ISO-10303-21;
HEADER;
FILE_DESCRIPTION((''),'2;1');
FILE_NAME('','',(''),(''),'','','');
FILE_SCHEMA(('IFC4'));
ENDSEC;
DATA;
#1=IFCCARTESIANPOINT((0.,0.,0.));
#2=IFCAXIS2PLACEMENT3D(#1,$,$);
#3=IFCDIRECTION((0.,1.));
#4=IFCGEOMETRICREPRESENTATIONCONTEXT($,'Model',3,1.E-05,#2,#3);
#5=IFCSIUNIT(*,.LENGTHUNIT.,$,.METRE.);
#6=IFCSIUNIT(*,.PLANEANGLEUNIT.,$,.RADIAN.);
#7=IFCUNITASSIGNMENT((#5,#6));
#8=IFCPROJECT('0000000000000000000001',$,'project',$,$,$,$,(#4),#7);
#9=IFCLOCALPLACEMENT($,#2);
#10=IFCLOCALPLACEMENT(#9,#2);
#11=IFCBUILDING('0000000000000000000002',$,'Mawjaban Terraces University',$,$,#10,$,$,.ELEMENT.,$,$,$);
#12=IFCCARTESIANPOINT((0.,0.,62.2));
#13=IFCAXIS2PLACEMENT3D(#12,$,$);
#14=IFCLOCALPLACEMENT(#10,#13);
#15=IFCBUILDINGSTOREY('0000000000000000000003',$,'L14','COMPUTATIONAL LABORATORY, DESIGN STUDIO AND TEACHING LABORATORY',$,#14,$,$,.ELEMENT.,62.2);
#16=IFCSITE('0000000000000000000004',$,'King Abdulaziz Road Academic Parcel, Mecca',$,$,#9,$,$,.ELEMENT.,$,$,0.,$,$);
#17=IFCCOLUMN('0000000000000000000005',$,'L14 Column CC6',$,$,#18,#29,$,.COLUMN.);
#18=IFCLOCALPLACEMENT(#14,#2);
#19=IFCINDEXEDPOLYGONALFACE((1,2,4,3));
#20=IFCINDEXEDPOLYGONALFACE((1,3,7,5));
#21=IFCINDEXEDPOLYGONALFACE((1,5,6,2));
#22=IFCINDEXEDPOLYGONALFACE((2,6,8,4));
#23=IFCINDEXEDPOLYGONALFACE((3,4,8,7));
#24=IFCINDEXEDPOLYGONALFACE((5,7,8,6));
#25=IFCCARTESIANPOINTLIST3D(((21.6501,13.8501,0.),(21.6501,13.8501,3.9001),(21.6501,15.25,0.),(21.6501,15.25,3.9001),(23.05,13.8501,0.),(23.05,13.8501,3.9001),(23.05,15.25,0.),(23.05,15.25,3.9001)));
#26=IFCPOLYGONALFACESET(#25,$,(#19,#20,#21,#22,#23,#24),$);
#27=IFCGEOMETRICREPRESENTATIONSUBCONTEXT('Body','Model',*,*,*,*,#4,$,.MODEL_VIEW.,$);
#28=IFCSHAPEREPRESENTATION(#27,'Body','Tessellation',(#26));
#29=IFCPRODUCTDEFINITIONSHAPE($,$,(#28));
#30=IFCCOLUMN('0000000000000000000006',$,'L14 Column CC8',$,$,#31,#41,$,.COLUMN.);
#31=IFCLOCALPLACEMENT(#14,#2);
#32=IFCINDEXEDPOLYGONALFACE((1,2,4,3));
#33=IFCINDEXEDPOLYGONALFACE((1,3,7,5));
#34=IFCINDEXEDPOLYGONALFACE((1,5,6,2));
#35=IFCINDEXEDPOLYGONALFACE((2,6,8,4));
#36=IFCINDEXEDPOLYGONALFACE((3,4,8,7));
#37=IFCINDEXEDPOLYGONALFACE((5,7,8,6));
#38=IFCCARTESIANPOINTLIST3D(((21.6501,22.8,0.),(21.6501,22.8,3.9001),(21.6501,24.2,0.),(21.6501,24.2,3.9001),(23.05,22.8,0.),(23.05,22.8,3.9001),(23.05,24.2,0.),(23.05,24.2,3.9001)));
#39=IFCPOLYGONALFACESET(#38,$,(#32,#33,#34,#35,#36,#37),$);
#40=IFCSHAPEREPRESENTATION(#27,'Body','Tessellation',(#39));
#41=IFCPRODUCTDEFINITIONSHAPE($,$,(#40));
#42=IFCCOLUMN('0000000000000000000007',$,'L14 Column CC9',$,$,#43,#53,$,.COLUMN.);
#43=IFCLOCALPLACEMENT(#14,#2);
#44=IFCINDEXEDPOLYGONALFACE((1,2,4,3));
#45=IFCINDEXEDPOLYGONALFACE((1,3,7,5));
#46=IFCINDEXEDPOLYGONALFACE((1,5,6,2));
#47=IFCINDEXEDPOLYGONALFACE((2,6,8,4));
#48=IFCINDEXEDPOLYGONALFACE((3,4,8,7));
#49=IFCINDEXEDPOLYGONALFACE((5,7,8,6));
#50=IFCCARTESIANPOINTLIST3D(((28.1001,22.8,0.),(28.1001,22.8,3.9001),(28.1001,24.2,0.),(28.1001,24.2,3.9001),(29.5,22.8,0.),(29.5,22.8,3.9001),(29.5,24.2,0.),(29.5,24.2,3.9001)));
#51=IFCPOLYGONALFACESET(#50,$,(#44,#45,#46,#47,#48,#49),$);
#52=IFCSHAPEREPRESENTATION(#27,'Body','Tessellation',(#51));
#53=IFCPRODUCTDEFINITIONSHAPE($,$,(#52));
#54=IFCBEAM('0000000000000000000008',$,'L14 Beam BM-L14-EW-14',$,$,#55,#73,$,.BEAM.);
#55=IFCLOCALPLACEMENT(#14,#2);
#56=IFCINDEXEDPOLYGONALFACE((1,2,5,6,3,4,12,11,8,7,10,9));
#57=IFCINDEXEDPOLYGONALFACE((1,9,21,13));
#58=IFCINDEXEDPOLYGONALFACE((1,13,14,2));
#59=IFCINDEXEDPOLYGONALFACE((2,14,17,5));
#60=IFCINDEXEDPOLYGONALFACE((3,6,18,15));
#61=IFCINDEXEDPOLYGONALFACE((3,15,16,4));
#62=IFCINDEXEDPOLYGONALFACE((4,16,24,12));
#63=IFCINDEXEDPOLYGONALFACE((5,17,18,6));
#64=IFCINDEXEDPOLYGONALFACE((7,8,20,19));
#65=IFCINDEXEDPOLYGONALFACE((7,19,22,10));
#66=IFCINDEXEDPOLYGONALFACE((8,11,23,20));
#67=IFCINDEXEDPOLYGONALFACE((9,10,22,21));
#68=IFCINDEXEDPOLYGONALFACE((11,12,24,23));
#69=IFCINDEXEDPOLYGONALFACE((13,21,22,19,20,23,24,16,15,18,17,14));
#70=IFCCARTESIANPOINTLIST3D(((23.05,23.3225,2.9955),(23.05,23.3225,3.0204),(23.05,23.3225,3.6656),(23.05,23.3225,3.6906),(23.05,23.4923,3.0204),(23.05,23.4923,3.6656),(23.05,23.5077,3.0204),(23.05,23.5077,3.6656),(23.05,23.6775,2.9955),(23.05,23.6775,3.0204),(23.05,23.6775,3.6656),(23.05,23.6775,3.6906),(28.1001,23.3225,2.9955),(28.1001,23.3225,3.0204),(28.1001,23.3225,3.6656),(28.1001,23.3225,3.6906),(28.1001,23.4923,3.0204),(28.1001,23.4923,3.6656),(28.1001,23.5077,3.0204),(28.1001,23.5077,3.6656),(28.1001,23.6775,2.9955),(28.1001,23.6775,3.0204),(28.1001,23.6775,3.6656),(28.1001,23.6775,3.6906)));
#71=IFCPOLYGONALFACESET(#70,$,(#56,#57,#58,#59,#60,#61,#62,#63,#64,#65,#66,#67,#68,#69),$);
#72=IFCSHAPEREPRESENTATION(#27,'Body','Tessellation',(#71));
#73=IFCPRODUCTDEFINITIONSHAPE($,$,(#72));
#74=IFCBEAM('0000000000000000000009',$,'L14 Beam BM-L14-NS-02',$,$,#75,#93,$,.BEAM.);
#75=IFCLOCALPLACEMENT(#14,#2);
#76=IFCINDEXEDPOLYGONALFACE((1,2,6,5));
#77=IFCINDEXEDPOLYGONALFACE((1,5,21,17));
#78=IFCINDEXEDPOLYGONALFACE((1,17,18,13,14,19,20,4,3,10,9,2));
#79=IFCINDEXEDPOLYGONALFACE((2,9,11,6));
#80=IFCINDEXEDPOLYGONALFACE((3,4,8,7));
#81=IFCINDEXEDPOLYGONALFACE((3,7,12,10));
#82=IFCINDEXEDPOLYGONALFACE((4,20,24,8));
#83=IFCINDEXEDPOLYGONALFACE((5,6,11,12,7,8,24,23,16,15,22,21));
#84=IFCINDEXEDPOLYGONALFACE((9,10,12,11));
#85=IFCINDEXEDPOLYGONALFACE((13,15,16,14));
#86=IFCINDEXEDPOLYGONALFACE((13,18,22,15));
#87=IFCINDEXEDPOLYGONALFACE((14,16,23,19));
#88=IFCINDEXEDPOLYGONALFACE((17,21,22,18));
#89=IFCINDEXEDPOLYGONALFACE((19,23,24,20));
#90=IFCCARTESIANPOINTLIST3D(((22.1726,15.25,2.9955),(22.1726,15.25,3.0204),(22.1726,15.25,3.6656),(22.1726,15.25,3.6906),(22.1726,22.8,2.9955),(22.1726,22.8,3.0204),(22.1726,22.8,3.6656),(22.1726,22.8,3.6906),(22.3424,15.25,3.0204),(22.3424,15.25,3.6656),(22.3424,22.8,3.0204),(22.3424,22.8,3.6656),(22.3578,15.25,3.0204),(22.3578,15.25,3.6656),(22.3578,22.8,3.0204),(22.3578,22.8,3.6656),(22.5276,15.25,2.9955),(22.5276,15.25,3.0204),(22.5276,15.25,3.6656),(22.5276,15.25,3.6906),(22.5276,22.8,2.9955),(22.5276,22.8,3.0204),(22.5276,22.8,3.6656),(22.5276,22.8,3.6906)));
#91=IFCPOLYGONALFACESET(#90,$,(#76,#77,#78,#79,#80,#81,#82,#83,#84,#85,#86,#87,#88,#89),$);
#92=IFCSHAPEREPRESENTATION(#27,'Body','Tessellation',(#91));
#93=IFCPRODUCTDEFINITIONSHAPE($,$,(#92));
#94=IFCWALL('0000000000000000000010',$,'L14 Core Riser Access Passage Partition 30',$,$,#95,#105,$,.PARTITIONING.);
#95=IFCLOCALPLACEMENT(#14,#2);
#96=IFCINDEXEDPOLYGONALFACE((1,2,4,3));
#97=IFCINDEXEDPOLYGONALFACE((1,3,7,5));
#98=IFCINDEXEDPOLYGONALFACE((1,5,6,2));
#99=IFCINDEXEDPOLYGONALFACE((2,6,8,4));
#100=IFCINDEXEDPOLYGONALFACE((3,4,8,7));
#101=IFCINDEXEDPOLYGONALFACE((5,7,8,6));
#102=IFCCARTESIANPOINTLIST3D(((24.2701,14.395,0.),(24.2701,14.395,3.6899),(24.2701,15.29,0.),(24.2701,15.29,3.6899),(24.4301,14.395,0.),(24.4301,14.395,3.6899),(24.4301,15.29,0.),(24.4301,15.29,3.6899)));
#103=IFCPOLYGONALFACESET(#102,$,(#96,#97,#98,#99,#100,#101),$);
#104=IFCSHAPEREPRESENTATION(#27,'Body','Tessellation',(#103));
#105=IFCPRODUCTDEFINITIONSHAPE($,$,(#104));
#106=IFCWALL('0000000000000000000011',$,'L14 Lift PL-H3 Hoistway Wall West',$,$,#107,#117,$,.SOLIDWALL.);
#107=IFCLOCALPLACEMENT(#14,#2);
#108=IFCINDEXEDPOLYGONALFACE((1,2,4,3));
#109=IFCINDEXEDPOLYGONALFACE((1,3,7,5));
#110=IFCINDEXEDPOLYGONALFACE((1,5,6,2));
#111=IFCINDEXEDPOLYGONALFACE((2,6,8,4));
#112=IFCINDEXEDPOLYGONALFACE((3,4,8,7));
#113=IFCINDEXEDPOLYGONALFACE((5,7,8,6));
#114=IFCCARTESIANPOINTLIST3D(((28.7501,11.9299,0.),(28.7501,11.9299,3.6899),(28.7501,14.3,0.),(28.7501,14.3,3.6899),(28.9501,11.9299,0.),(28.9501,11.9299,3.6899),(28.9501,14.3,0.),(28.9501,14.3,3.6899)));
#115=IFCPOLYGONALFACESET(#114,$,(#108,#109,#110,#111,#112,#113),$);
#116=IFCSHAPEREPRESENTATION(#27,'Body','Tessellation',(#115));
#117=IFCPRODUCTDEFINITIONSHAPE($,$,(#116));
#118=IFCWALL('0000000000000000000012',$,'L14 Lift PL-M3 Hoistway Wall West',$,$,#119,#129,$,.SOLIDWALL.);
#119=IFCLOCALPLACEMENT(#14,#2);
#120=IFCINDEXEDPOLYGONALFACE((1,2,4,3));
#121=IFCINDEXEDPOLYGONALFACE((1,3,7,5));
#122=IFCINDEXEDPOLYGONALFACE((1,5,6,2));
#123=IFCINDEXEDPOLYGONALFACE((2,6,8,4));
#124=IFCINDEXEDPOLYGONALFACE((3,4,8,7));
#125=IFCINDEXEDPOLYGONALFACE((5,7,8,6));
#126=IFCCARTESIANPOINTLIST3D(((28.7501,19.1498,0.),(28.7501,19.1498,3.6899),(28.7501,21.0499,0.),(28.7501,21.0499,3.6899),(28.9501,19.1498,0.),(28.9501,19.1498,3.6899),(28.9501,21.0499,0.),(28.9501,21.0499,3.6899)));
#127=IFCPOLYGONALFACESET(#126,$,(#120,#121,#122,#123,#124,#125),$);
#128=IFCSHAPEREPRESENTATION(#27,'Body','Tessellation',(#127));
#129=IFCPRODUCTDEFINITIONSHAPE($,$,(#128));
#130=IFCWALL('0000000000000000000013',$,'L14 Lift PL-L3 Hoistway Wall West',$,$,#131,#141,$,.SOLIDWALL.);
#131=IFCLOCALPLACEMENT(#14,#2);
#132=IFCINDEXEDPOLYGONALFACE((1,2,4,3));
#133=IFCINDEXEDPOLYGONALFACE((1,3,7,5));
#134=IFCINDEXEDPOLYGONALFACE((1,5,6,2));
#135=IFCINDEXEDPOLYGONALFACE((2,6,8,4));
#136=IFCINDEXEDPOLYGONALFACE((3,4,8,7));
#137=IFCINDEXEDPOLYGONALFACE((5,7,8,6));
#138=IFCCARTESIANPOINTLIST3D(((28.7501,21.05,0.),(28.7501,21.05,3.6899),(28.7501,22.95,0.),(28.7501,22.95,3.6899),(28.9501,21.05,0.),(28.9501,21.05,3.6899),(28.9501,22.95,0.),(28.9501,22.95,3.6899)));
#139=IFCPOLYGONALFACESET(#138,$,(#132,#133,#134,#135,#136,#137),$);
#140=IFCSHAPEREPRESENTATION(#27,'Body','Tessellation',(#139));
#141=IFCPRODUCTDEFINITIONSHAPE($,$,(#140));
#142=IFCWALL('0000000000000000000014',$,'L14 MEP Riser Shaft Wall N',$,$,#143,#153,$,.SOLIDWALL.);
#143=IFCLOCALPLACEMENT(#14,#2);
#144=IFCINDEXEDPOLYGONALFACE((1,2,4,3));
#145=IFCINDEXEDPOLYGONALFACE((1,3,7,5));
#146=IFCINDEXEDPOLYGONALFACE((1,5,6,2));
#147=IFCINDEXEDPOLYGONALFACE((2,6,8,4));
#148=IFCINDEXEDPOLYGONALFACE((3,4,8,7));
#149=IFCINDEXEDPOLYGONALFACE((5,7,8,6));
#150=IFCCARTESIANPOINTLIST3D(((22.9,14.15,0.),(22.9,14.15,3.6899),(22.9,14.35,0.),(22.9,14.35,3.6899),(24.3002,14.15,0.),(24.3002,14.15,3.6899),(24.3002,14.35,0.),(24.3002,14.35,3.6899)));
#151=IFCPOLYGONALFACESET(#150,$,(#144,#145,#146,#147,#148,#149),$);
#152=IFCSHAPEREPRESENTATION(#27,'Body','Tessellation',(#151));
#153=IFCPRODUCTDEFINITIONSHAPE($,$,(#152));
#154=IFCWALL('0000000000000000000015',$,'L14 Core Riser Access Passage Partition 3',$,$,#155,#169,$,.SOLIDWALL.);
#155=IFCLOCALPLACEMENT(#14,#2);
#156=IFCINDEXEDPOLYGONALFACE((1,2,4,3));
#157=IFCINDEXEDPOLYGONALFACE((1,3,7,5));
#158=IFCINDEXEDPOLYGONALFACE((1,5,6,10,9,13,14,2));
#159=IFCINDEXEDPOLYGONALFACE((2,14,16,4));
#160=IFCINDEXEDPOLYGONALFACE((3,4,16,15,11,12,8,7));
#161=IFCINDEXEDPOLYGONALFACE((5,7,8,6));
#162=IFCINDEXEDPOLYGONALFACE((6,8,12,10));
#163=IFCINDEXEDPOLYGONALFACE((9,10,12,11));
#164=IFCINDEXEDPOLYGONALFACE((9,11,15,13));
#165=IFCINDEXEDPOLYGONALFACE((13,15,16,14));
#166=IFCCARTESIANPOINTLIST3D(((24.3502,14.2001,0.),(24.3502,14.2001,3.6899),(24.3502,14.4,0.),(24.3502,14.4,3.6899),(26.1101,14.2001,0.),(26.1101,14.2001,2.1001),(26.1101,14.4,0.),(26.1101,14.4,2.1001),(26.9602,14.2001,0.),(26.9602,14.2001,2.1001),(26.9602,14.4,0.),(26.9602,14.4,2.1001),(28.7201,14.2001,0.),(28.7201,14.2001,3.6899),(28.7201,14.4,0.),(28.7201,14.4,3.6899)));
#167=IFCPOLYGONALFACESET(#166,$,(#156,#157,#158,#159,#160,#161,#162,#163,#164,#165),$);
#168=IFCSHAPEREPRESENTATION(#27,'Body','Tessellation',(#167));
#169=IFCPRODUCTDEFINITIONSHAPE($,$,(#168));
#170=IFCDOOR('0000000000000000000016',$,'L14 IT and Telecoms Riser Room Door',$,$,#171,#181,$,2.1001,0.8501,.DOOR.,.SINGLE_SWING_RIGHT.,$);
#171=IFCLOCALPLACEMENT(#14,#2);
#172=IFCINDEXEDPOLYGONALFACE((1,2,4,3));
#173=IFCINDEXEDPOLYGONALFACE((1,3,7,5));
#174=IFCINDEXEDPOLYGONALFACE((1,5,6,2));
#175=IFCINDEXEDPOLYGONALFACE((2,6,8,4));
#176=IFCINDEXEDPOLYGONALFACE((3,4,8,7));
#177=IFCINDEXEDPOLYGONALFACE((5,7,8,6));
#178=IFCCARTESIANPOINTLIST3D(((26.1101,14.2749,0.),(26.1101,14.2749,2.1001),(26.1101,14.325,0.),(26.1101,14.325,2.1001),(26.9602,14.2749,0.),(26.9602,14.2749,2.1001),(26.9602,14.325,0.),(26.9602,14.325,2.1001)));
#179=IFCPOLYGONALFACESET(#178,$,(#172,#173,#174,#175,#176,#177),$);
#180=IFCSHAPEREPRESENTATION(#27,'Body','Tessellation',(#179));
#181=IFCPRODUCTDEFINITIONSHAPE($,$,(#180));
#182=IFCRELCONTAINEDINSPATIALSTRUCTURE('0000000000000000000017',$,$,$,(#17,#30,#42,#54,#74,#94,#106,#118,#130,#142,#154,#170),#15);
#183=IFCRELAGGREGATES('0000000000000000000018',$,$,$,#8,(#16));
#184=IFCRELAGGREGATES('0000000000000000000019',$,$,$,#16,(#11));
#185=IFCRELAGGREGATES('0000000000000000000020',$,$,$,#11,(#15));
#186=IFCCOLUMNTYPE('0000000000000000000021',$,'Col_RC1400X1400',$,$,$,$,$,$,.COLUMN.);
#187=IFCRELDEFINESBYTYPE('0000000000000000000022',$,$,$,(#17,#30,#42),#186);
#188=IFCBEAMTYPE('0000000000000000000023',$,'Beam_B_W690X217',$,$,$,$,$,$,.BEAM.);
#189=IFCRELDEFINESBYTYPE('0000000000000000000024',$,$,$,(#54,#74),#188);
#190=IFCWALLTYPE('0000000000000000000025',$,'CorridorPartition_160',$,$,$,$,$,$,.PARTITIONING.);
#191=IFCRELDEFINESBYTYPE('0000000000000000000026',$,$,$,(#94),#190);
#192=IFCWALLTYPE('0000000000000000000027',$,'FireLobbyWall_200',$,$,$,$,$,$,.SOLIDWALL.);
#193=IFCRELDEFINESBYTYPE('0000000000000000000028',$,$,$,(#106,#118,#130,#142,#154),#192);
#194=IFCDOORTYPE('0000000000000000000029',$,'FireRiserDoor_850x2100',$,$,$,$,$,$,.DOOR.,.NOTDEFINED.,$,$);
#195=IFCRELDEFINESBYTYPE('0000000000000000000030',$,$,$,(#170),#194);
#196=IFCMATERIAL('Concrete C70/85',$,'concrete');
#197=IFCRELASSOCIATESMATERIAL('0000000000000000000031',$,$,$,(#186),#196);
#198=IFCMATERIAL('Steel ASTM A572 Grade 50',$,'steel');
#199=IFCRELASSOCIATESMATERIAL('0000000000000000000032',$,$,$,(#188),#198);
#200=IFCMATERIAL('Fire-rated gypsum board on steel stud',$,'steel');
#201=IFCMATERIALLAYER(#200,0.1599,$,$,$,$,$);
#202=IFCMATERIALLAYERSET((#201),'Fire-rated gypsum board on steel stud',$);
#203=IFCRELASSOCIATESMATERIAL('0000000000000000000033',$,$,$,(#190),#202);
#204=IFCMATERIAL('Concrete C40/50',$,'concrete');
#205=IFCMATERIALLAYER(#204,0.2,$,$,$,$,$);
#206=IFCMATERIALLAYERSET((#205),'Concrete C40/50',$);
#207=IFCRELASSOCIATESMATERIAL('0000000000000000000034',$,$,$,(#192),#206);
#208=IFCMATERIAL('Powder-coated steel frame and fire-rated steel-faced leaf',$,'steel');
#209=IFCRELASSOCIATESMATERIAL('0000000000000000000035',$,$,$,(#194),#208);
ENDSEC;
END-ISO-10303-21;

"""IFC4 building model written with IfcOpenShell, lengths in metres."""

from ifc_helpers import new_model, si_unit, direction, frame, frame_2d, origin, origin_2d, place, context, subcontext, project, spatial, rectangle, i_section, extrude, material, layer, layer_set, material_profile, profile_set, type_object, element, fill, save


model = new_model("IFC4")

# Units and contexts
model_context = context("Model", 3, precision=1e-05, world=origin(), true_north=direction((0.0, 1.0)))
body_context = subcontext(model_context, "Body", "Model", "MODEL_VIEW")
ifc_project = project(units=[si_unit("LENGTHUNIT", "METRE"), si_unit("PLANEANGLEUNIT", "RADIAN")], contexts=[model_context])

# Site, building, storey
site_placement = place(None, origin())
site = spatial("IfcSite", under=ifc_project, at=site_placement, Name="King Abdulaziz Road Academic Parcel, Mecca", CompositionType="ELEMENT", RefElevation=0.0)
building_placement = place(site_placement, origin())
building = spatial("IfcBuilding", under=site, at=building_placement, Name="Mawjaban Terraces University", CompositionType="ELEMENT")
storey_placement = place(building_placement, frame((0.0, 0.0, 62.2)))
storey = spatial("IfcBuildingStorey", under=building, at=storey_placement, Name="L14", Description="COMPUTATIONAL LABORATORY, DESIGN STUDIO AND TEACHING LABORATORY", CompositionType="ELEMENT", Elevation=62.2)

# Columns
ifc_material_1 = material(Name="Concrete C70/85", Category="concrete")
ifc_material_profile_1 = material_profile(ifc_material_1, rectangle(XDim=1.3999, YDim=1.3999, at=origin_2d()), Name="RC1400X1400")
ifc_profile_set_1 = profile_set([ifc_material_profile_1], Name="Concrete C70/85")
column_type = type_object("IfcColumnType", Name="Col_RC1400X1400", PredefinedType="COLUMN", material=ifc_profile_set_1)
for number, where, z_axis, x_axis, name in (
    (1, (22.3501, 14.55, 0.0), (0.0, 0.0, 1.0), (1.0, 0.0, 0.0), "L14 Column CC6"),
    (2, (22.3501, 23.5, 0.0), (0.0, 0.0, 1.0), (1.0, 0.0, 0.0), "L14 Column CC8"),
    (3, (28.8, 23.5, 0.0), (0.0, 0.0, 1.0), (1.0, 0.0, 0.0), "L14 Column CC9"),
):
    element("IfcColumn", number, at=place(storey_placement, frame(where, z_axis=z_axis, x_axis=x_axis)), inside=storey, type_object=column_type, Name=name, PredefinedType="COLUMN", context=body_context, shape_type="SweptSolid", body=[
        extrude(rectangle(XDim=1.3999, YDim=1.3999, at=origin_2d()), origin(), (0.0, 0.0, 1.0), 3.9001),
    ])

# Beams
ifc_material_2 = material(Name="Steel ASTM A572 Grade 50", Category="steel")
ifc_material_profile_2 = material_profile(ifc_material_2, i_section(OverallWidth=0.355, OverallDepth=0.6951, WebThickness=0.0154, FlangeThickness=0.0249, at=origin_2d()), Name="W690X217")
ifc_profile_set_2 = profile_set([ifc_material_profile_2], Name="Steel ASTM A572 Grade 50")
beam_type = type_object("IfcBeamType", Name="Beam_B_W690X217", PredefinedType="BEAM", material=ifc_profile_set_2)
beam_1_placement = place(storey_placement, frame((23.05, 23.5, 3.343), z_axis=(1.0, 0.0, 0.0), x_axis=(0.0, 1.0, 0.0)))
element("IfcBeam", 4, at=beam_1_placement, inside=storey, type_object=beam_type, Name="L14 Beam BM-L14-EW-14", PredefinedType="BEAM", context=body_context, shape_type="SweptSolid", body=[
    extrude(i_section(OverallWidth=0.355, OverallDepth=0.6951, WebThickness=0.0154, FlangeThickness=0.0249, at=origin_2d()), origin(), (0.0, 0.0, 1.0), 5.05),
])
beam_2_placement = place(storey_placement, frame((22.3501, 15.25, 3.343), z_axis=(0.0, 1.0, 0.0), x_axis=(-1.0, 0.0, 0.0)))
element("IfcBeam", 5, at=beam_2_placement, inside=storey, type_object=beam_type, Name="L14 Beam BM-L14-NS-02", PredefinedType="BEAM", context=body_context, shape_type="SweptSolid", body=[
    extrude(i_section(OverallWidth=0.355, OverallDepth=0.6951, WebThickness=0.0154, FlangeThickness=0.0249, at=origin_2d()), origin(), (0.0, 0.0, 1.0), 7.55),
])

# Walls
ifc_material_3 = material(Name="Fire-rated gypsum board on steel stud", Category="steel")
ifc_layer_1 = layer(ifc_material_3, 0.1599)
ifc_layer_set_1 = layer_set([ifc_layer_1], Name="Fire-rated gypsum board on steel stud")
wall_type_1 = type_object("IfcWallType", Name="CorridorPartition_160", PredefinedType="PARTITIONING", material=ifc_layer_set_1)
wall_1_placement = place(storey_placement, frame((24.3501, 15.29, 0.0), z_axis=(0.0, 0.0, 1.0), x_axis=(0.0, -1.0, 0.0)))
element("IfcWall", 6, at=wall_1_placement, inside=storey, type_object=wall_type_1, Name="L14 Core Riser Access Passage Partition 30", PredefinedType="PARTITIONING", context=body_context, shape_type="SweptSolid", body=[
    extrude(rectangle(XDim=0.895, YDim=0.1599, at=frame_2d((0.4475, 0.0))), origin(), (0.0, 0.0, 1.0), 3.6899),
])
ifc_material_4 = material(Name="Concrete C40/50", Category="concrete")
ifc_layer_2 = layer(ifc_material_4, 0.2)
ifc_layer_set_2 = layer_set([ifc_layer_2], Name="Concrete C40/50")
wall_type_2 = type_object("IfcWallType", Name="FireLobbyWall_200", PredefinedType="SOLIDWALL", material=ifc_layer_set_2)
wall_2_placement = place(storey_placement, frame((28.8501, 14.3, 0.0), z_axis=(0.0, 0.0, 1.0), x_axis=(0.0, -1.0, 0.0)))
element("IfcWall", 7, at=wall_2_placement, inside=storey, type_object=wall_type_2, Name="L14 Lift PL-H3 Hoistway Wall West", PredefinedType="SOLIDWALL", context=body_context, shape_type="SweptSolid", body=[
    extrude(rectangle(XDim=2.3701, YDim=0.2, at=frame_2d((1.1851, 0.0))), origin(), (0.0, 0.0, 1.0), 3.6899),
])
wall_3_placement = place(storey_placement, frame((28.8501, 21.05, 0.0), z_axis=(0.0, 0.0, 1.0), x_axis=(0.0, -1.0, 0.0)))
element("IfcWall", 8, at=wall_3_placement, inside=storey, type_object=wall_type_2, Name="L14 Lift PL-M3 Hoistway Wall West", PredefinedType="SOLIDWALL", context=body_context, shape_type="SweptSolid", body=[
    extrude(rectangle(XDim=1.9001, YDim=0.2, at=frame_2d((0.9502, 0.0))), origin(), (0.0, 0.0, 1.0), 3.6899),
])
wall_4_placement = place(storey_placement, frame((28.8501, 22.95, 0.0), z_axis=(0.0, 0.0, 1.0), x_axis=(0.0, -1.0, 0.0)))
element("IfcWall", 9, at=wall_4_placement, inside=storey, type_object=wall_type_2, Name="L14 Lift PL-L3 Hoistway Wall West", PredefinedType="SOLIDWALL", context=body_context, shape_type="SweptSolid", body=[
    extrude(rectangle(XDim=1.8999, YDim=0.2, at=frame_2d((0.95, 0.0))), origin(), (0.0, 0.0, 1.0), 3.6899),
])
wall_5_placement = place(storey_placement, frame((22.8999, 14.25, 0.0), z_axis=(0.0, 0.0, 1.0), x_axis=(1.0, 0.0, 0.0)))
element("IfcWall", 10, at=wall_5_placement, inside=storey, type_object=wall_type_2, Name="L14 MEP Riser Shaft Wall N", PredefinedType="SOLIDWALL", context=body_context, shape_type="SweptSolid", body=[
    extrude(rectangle(XDim=1.4001, YDim=0.2, at=frame_2d((0.7002, 0.0))), origin(), (0.0, 0.0, 1.0), 3.6899),
])

# Wall, opening, door
wall_6_placement = place(storey_placement, frame((24.3501, 14.3, 0.0), z_axis=(0.0, 0.0, 1.0), x_axis=(1.0, 0.0, 0.0)))
wall_6 = element("IfcWall", 11, at=wall_6_placement, inside=storey, type_object=wall_type_2, Name="L14 Core Riser Access Passage Partition 3", PredefinedType="SOLIDWALL", context=body_context, shape_type="SweptSolid", body=[
    extrude(rectangle(XDim=4.3699, YDim=0.2, at=frame_2d((2.1851, 0.0))), origin(), (0.0, 0.0, 1.0), 3.6899),
])
opening_placement = place(wall_6_placement, frame((1.76, 0.0, 0.0)))
opening = element("IfcOpeningElement", 12, at=opening_placement, cuts=wall_6, PredefinedType="OPENING", context=body_context, shape_type="SweptSolid", body=[
    extrude(rectangle(XDim=0.8501, YDim=2.1001, at=frame_2d((0.425, 1.05))), frame((0.0, 0.1099, 0.0), z_axis=(0.0, -1.0, 0.0), x_axis=(1.0, 0.0, 0.0)), (0.0, 0.0, 1.0), 0.22),
])
ifc_material_5 = material(Name="Powder-coated steel frame and fire-rated steel-faced leaf", Category="steel")
door_type = type_object("IfcDoorType", Name="FireRiserDoor_850x2100", OperationType="NOTDEFINED", PredefinedType="DOOR", material=ifc_material_5)
door_placement = place(opening_placement, origin())
door = element("IfcDoor", 13, at=door_placement, inside=storey, type_object=door_type, Name="L14 IT and Telecoms Riser Room Door", OperationType="SINGLE_SWING_RIGHT", OverallHeight=2.1001, OverallWidth=0.8501, PredefinedType="DOOR", context=body_context, shape_type="SweptSolid", body=[
    extrude(rectangle(XDim=0.8501, YDim=2.1001, at=frame_2d((0.425, 1.05))), frame((0.0, 0.0249, 0.0), z_axis=(0.0, -1.0, 0.0), x_axis=(1.0, 0.0, 0.0)), (0.0, 0.0, 1.0), 0.05),
])
fill(opening, door)

save(model, "model.ifc")
